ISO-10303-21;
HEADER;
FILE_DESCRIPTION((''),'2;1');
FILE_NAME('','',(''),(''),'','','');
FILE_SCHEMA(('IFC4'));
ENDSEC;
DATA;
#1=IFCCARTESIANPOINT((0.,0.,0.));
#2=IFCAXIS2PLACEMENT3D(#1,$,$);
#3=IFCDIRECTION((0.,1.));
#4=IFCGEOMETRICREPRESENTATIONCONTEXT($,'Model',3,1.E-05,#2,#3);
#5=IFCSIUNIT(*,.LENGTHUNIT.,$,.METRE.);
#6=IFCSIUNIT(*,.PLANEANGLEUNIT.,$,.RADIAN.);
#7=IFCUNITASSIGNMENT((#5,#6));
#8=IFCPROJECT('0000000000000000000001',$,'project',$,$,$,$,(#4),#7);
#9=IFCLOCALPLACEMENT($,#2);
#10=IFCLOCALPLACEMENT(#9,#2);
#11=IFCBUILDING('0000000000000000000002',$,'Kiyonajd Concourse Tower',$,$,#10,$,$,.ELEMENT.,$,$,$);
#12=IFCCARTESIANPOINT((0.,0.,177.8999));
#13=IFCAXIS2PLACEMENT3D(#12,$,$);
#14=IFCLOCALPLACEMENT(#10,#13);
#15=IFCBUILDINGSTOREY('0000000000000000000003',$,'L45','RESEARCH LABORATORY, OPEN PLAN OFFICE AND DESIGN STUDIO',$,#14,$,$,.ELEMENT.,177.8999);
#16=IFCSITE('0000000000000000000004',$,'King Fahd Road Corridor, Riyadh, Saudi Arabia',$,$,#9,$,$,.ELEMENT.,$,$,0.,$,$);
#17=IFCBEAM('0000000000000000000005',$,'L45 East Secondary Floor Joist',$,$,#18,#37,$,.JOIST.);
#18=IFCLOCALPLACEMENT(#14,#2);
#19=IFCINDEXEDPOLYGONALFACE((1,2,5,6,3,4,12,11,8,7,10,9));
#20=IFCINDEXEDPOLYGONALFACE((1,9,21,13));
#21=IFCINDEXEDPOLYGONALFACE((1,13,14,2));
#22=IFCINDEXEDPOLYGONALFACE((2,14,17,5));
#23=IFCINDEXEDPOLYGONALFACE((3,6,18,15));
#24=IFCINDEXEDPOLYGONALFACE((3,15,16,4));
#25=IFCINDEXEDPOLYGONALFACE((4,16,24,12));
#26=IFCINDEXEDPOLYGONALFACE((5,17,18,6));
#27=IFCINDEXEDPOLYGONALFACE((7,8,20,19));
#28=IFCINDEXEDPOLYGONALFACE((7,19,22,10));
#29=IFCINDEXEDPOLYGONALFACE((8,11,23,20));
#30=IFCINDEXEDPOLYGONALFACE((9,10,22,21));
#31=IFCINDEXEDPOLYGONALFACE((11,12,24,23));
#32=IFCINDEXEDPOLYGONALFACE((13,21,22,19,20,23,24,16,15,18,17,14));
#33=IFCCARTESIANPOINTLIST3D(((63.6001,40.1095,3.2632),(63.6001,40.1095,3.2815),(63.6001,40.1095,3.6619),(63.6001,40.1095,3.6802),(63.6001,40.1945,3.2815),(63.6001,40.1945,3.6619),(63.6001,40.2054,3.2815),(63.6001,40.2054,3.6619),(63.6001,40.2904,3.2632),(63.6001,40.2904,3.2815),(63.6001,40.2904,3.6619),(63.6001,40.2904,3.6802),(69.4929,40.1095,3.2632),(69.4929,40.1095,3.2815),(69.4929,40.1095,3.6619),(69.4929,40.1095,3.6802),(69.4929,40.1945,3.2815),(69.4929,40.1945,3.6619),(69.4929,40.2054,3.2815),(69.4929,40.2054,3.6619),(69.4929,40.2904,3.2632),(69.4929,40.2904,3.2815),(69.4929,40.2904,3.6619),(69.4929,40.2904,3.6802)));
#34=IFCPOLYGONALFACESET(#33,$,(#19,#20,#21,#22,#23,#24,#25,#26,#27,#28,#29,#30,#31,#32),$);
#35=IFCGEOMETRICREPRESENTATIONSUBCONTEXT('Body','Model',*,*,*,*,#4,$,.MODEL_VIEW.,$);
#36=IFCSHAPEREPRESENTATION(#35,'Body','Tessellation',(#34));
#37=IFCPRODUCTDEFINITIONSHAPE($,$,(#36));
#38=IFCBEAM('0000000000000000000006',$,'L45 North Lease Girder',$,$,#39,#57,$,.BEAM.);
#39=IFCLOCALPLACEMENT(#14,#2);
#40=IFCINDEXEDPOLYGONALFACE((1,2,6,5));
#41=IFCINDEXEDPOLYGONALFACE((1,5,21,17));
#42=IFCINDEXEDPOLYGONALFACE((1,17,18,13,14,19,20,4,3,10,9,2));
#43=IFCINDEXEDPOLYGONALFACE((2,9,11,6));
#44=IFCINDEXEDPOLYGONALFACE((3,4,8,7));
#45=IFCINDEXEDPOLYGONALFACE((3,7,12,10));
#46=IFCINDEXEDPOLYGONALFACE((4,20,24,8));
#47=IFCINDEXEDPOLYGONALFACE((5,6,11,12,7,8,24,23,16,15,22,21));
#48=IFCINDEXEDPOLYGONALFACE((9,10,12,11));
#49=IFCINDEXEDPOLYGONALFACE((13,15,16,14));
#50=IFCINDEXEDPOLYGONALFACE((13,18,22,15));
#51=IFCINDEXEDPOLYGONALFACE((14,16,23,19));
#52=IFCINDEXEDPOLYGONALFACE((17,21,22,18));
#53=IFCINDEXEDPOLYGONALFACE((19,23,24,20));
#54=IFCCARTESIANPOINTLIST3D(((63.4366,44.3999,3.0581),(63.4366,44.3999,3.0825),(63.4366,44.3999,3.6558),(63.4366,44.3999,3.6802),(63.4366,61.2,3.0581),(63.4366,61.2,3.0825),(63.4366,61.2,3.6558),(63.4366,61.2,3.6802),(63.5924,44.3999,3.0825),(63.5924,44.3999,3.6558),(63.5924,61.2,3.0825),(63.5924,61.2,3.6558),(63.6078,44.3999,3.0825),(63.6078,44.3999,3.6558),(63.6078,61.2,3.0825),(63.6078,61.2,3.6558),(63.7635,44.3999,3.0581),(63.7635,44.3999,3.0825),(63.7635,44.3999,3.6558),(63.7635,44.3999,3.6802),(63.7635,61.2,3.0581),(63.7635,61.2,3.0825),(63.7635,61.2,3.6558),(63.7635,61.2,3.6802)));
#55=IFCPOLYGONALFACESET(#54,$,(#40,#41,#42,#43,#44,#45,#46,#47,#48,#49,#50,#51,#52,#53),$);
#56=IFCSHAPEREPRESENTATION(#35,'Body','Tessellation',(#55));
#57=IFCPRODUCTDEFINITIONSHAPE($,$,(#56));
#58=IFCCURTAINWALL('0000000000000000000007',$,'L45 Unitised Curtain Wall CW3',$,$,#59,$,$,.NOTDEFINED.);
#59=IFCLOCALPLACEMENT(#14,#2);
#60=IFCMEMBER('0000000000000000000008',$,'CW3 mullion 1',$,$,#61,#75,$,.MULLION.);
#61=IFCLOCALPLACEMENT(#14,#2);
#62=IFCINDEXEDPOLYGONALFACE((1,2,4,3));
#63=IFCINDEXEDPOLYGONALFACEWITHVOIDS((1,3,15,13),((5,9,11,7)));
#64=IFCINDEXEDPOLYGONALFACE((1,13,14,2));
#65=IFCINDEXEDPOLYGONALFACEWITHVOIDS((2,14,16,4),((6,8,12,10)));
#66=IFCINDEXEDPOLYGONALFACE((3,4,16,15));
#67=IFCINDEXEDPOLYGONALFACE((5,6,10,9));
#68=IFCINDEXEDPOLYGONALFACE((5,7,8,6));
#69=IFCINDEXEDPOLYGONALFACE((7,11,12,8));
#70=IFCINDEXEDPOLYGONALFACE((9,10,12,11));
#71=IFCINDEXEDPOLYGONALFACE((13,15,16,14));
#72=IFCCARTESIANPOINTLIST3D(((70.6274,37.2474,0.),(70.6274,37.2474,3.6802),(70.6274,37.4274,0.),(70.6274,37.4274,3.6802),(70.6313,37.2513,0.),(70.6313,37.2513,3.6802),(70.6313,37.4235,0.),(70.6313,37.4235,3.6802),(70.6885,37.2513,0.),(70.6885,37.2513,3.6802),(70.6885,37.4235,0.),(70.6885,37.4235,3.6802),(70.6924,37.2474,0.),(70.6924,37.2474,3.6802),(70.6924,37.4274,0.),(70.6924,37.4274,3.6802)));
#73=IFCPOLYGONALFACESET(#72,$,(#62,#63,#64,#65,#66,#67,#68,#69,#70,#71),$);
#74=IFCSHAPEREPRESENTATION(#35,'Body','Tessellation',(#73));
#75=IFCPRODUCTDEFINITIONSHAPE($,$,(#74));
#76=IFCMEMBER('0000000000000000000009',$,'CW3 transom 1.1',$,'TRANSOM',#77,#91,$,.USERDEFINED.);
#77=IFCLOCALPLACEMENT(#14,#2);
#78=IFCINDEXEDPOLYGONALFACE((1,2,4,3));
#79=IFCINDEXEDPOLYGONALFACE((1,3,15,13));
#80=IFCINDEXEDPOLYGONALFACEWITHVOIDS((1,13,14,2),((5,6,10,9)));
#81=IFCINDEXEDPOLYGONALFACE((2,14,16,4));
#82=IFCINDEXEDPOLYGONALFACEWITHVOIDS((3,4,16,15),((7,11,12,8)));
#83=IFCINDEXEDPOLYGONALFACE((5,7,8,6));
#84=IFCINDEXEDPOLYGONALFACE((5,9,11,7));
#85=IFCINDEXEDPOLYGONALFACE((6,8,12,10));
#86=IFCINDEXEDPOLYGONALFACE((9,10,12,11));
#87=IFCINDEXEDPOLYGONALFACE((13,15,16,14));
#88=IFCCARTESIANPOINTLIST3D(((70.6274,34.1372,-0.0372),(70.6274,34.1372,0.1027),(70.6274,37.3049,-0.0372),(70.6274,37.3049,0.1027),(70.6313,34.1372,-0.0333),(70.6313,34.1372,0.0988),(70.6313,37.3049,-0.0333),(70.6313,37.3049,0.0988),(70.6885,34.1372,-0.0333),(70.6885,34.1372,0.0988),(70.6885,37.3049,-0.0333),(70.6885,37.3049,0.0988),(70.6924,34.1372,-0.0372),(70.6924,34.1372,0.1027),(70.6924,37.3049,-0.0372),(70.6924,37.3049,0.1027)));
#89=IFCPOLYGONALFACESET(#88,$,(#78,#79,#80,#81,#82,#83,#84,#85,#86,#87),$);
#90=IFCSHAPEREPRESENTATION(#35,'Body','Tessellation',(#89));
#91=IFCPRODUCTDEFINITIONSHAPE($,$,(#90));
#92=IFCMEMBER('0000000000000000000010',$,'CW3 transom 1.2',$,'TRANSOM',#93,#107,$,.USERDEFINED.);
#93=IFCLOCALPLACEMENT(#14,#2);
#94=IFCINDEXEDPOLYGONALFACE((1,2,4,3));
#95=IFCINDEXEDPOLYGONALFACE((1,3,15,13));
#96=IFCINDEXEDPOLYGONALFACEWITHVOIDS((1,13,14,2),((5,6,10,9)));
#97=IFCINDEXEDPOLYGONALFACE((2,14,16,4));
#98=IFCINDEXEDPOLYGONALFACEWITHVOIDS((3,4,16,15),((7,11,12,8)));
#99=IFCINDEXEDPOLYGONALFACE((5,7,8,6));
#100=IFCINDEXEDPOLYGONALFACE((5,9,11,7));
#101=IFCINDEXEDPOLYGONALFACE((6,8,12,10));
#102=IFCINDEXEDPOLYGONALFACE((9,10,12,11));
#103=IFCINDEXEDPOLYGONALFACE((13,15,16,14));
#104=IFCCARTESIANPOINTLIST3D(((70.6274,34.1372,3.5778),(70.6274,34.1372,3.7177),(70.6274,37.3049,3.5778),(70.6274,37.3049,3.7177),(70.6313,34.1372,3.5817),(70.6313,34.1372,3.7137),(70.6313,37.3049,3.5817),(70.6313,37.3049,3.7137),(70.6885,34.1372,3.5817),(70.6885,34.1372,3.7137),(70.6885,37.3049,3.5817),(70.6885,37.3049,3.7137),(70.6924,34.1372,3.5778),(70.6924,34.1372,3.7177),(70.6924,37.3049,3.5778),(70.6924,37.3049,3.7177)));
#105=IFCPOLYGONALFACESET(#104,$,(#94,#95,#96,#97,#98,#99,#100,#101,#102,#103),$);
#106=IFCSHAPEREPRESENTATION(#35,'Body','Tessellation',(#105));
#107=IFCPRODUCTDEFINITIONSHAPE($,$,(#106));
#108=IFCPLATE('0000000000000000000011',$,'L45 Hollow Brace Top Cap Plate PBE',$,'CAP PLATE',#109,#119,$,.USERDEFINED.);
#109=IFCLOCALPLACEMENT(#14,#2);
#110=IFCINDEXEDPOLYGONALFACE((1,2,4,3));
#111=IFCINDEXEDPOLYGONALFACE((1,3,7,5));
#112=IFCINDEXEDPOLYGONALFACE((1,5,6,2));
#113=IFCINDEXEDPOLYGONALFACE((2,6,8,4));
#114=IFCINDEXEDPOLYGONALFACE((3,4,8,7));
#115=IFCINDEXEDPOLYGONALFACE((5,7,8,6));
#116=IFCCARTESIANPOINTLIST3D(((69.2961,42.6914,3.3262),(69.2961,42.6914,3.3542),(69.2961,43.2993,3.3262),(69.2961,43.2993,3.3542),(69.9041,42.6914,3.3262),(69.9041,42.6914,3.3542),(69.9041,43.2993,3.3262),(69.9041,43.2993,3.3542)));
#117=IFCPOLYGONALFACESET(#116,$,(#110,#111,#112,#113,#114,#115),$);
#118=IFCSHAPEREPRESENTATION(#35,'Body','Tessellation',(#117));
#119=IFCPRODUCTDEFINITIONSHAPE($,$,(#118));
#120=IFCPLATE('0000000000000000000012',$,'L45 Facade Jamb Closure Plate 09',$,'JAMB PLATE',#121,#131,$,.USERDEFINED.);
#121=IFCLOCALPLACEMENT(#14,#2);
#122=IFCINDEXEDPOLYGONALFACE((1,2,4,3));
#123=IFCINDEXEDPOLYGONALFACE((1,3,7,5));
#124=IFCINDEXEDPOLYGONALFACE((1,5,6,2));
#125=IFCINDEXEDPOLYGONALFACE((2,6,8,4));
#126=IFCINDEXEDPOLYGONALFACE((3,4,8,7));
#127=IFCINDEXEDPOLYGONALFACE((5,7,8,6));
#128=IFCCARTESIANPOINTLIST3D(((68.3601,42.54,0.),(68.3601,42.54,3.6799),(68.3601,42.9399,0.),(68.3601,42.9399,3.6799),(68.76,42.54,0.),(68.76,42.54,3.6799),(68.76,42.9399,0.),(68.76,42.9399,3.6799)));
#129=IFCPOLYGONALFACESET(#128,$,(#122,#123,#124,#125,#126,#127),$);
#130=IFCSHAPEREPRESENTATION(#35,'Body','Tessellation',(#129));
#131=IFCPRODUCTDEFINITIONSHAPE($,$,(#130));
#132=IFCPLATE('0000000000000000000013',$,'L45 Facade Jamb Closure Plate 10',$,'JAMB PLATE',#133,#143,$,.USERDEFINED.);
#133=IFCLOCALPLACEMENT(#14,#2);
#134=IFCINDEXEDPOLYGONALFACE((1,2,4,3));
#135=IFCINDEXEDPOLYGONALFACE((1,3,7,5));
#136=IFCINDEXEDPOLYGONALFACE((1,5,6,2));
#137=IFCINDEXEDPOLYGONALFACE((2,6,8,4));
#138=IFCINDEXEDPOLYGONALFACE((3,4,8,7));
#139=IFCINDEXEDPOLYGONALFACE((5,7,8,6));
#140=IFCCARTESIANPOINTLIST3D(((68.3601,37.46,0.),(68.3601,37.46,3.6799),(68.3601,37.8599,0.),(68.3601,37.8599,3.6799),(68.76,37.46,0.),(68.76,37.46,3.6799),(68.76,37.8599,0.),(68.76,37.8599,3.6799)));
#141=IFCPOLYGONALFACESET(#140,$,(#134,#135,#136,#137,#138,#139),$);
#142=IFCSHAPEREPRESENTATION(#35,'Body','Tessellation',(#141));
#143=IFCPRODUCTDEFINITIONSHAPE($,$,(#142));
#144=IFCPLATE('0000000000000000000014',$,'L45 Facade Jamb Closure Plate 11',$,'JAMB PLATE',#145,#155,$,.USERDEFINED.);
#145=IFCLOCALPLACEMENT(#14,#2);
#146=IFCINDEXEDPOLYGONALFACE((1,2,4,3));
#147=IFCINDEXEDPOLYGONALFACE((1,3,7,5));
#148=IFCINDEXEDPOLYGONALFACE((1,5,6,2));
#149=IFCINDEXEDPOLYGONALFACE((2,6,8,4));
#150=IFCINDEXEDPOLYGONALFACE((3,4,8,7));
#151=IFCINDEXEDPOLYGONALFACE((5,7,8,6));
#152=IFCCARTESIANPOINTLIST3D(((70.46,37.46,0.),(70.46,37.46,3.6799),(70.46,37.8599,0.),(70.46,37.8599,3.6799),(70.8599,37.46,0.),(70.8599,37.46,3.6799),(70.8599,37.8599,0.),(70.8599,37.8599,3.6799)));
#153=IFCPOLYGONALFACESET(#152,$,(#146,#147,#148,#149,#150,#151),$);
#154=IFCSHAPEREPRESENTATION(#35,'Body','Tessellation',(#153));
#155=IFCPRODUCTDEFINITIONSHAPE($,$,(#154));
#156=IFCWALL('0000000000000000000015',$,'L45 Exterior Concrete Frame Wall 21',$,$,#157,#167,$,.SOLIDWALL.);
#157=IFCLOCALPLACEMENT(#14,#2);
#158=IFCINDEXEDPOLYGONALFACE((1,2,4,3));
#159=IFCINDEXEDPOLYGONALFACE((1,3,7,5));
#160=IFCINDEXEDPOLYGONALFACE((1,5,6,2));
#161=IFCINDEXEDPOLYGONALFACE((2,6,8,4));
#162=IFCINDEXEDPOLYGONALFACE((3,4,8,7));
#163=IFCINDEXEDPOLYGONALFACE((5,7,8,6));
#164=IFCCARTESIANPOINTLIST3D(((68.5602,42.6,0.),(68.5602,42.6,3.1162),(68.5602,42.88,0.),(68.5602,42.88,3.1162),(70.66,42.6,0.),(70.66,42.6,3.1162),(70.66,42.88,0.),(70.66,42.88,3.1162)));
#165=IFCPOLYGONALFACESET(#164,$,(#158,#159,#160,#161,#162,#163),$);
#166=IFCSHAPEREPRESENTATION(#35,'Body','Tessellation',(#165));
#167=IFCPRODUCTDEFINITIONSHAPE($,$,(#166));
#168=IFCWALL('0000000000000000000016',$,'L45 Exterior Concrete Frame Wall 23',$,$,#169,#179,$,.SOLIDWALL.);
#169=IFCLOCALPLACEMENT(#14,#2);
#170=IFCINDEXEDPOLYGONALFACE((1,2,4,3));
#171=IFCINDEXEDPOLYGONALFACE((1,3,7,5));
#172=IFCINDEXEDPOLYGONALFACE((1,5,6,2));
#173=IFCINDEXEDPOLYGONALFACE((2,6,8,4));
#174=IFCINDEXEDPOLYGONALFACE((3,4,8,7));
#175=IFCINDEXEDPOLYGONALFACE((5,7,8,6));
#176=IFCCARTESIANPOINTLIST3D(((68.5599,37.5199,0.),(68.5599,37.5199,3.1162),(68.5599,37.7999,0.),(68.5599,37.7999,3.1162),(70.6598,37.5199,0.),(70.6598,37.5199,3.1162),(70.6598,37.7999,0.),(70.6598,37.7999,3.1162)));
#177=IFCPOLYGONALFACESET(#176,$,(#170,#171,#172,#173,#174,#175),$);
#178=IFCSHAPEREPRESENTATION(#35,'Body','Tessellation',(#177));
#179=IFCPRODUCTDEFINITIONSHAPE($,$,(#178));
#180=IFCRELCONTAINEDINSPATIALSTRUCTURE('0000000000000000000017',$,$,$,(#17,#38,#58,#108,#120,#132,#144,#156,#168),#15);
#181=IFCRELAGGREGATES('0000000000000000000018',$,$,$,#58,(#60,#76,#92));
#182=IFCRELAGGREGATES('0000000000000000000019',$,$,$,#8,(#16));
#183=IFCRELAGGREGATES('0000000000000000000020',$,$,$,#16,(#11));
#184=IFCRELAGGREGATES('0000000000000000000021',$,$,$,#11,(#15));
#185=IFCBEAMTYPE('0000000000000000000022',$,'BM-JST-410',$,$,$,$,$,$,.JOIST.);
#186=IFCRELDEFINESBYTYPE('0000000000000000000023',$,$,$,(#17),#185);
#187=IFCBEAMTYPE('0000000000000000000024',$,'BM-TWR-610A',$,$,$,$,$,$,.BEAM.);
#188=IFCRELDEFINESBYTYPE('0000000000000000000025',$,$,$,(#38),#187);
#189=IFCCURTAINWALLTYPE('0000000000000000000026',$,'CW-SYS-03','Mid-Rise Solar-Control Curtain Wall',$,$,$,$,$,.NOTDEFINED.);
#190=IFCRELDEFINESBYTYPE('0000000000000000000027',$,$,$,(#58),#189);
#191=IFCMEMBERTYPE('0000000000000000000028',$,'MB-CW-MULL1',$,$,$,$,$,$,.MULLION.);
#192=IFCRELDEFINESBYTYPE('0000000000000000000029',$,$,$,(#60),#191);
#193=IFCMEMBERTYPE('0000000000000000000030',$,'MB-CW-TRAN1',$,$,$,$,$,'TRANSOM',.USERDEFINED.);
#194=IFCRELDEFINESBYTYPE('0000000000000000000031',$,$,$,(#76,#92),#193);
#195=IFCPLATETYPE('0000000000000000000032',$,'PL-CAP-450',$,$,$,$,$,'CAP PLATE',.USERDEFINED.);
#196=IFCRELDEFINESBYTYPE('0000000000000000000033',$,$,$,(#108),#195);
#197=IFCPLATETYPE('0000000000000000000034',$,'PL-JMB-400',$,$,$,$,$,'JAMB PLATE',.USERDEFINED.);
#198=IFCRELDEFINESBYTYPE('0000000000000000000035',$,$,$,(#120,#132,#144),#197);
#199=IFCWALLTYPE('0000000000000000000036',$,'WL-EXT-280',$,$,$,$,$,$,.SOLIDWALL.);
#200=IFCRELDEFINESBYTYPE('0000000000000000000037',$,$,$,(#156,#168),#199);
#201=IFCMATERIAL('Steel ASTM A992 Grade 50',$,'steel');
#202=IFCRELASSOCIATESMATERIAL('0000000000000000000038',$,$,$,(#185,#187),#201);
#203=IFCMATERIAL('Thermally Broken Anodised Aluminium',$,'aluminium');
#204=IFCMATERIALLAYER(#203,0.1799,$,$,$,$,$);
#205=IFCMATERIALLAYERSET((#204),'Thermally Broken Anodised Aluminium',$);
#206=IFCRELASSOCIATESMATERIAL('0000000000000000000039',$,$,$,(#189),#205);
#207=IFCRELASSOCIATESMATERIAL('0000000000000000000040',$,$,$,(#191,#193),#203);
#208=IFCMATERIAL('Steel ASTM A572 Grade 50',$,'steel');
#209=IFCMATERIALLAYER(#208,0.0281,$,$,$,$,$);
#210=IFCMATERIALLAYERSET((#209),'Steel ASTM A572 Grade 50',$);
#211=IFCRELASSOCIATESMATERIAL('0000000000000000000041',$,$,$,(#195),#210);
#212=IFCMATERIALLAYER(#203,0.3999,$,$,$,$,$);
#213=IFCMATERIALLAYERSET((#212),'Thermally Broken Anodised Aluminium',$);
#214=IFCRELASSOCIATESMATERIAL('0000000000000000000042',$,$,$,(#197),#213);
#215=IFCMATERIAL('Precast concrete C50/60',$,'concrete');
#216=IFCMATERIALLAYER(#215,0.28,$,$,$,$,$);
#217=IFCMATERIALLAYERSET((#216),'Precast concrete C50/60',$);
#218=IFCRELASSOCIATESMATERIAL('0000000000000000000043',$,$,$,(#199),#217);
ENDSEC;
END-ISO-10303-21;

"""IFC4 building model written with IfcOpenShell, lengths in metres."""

from ifc_helpers import new_model, si_unit, direction, frame, frame_2d, origin, origin_2d, place, context, subcontext, project, spatial, rectangle, hollow_rectangle, i_section, extrude, material, layer, layer_set, material_profile, profile_set, type_object, element, aggregate, save


model = new_model("IFC4")

# Units and contexts
model_context = context("Model", 3, precision=1e-05, world=origin(), true_north=direction((0.0, 1.0)))
body_context = subcontext(model_context, "Body", "Model", "MODEL_VIEW")
ifc_project = project(units=[si_unit("LENGTHUNIT", "METRE"), si_unit("PLANEANGLEUNIT", "RADIAN")], contexts=[model_context])

# Site, building, storey
site_placement = place(None, origin())
site = spatial("IfcSite", under=ifc_project, at=site_placement, Name="King Fahd Road Corridor, Riyadh, Saudi Arabia", CompositionType="ELEMENT", RefElevation=0.0)
building_placement = place(site_placement, origin())
building = spatial("IfcBuilding", under=site, at=building_placement, Name="Kiyonajd Concourse Tower", CompositionType="ELEMENT")
storey_placement = place(building_placement, frame((0.0, 0.0, 177.8999)))
storey = spatial("IfcBuildingStorey", under=building, at=storey_placement, Name="L45", Description="RESEARCH LABORATORY, OPEN PLAN OFFICE AND DESIGN STUDIO", CompositionType="ELEMENT", Elevation=177.8999)

# Beams
ifc_material_1 = material(Name="Steel ASTM A992 Grade 50", Category="steel")
ifc_material_profile_1 = material_profile(ifc_material_1, i_section(OverallWidth=0.1809, OverallDepth=0.417, WebThickness=0.011, FlangeThickness=0.0183, at=origin_2d()), Name="W410X85")
ifc_profile_set_1 = profile_set([ifc_material_profile_1], Name="Steel ASTM A992 Grade 50")
beam_type_1 = type_object("IfcBeamType", Name="BM-JST-410", PredefinedType="JOIST", material=ifc_profile_set_1)
beam_1_placement = place(storey_placement, frame((63.6001, 40.2, 3.4717), z_axis=(1.0, 0.0, 0.0), x_axis=(0.0, 1.0, 0.0)))
element("IfcBeam", 1, at=beam_1_placement, inside=storey, type_object=beam_type_1, Name="L45 East Secondary Floor Joist", PredefinedType="JOIST", context=body_context, shape_type="SweptSolid", body=[
    extrude(i_section(OverallWidth=0.1809, OverallDepth=0.417, WebThickness=0.011, FlangeThickness=0.0183, at=origin_2d()), origin(), (0.0, 0.0, 1.0), 5.8928),
])
ifc_material_profile_2 = material_profile(ifc_material_1, i_section(OverallWidth=0.3269, OverallDepth=0.6221, WebThickness=0.0154, FlangeThickness=0.0244, at=origin_2d()), Name="W610X195")
ifc_profile_set_2 = profile_set([ifc_material_profile_2], Name="Steel ASTM A992 Grade 50")
beam_type_2 = type_object("IfcBeamType", Name="BM-TWR-610A", PredefinedType="BEAM", material=ifc_profile_set_2)
beam_2_placement = place(storey_placement, frame((63.6001, 44.3999, 3.3691), z_axis=(0.0, 1.0, 0.0), x_axis=(-1.0, 0.0, 0.0)))
element("IfcBeam", 2, at=beam_2_placement, inside=storey, type_object=beam_type_2, Name="L45 North Lease Girder", PredefinedType="BEAM", context=body_context, shape_type="SweptSolid", body=[
    extrude(i_section(OverallWidth=0.3269, OverallDepth=0.6221, WebThickness=0.0154, FlangeThickness=0.0244, at=origin_2d()), origin(), (0.0, 0.0, 1.0), 16.8),
])

# Curtain wall, members
ifc_material_2 = material(Name="Thermally Broken Anodised Aluminium", Category="aluminium")
ifc_layer_1 = layer(ifc_material_2, 0.1799)
ifc_layer_set_1 = layer_set([ifc_layer_1], Name="Thermally Broken Anodised Aluminium")
curtain_wall_type = type_object("IfcCurtainWallType", Name="CW-SYS-03", Description="Mid-Rise Solar-Control Curtain Wall", PredefinedType="NOTDEFINED", material=ifc_layer_set_1)
curtain_wall_placement = place(storey_placement, origin())
curtain_wall = element("IfcCurtainWall", 3, at=curtain_wall_placement, inside=storey, type_object=curtain_wall_type, Name="L45 Unitised Curtain Wall CW3", PredefinedType="NOTDEFINED")
ifc_material_profile_3 = material_profile(ifc_material_2, hollow_rectangle(XDim=0.0649, YDim=0.1799, WallThickness=0.0039, at=origin_2d()), Name="MULL-65x180")
ifc_profile_set_3 = profile_set([ifc_material_profile_3], Name="Thermally Broken Anodised Aluminium")
member_type_1 = type_object("IfcMemberType", Name="MB-CW-MULL1", PredefinedType="MULLION", material=ifc_profile_set_3)
member_1_placement = place(storey_placement, frame((70.6599, 37.3374, 0.0), z_axis=(0.0, 0.0, 1.0), x_axis=(1.0, 0.0, 0.0)))
member_1 = element("IfcMember", 4, at=member_1_placement, type_object=member_type_1, Name="CW3 mullion 1", PredefinedType="MULLION", context=body_context, shape_type="SweptSolid", body=[
    extrude(hollow_rectangle(XDim=0.0649, YDim=0.1799, WallThickness=0.0039, at=origin_2d()), origin(), (0.0, 0.0, 1.0), 3.6802),
])
ifc_material_profile_4 = material_profile(ifc_material_2, hollow_rectangle(XDim=0.0649, YDim=0.1399, WallThickness=0.0039, at=origin_2d()), Name="TRAN-65x140")
ifc_profile_set_4 = profile_set([ifc_material_profile_4], Name="Thermally Broken Anodised Aluminium")
member_type_2 = type_object("IfcMemberType", Name="MB-CW-TRAN1", ElementType="TRANSOM", PredefinedType="USERDEFINED", material=ifc_profile_set_4)
member_2_placement = place(storey_placement, frame((70.6599, 37.3049, 0.0327), z_axis=(0.0, -1.0, 0.0), x_axis=(1.0, 0.0, 0.0)))
member_2 = element("IfcMember", 5, at=member_2_placement, type_object=member_type_2, Name="CW3 transom 1.1", ObjectType="TRANSOM", PredefinedType="USERDEFINED", context=body_context, shape_type="SweptSolid", body=[
    extrude(hollow_rectangle(XDim=0.0649, YDim=0.1399, WallThickness=0.0039, at=origin_2d()), origin(), (0.0, 0.0, 1.0), 3.1677),
])
member_3_placement = place(storey_placement, frame((70.6599, 37.3049, 3.6477), z_axis=(0.0, -1.0, 0.0), x_axis=(1.0, 0.0, 0.0)))
member_3 = element("IfcMember", 6, at=member_3_placement, type_object=member_type_2, Name="CW3 transom 1.2", ObjectType="TRANSOM", PredefinedType="USERDEFINED", context=body_context, shape_type="SweptSolid", body=[
    extrude(hollow_rectangle(XDim=0.0649, YDim=0.1399, WallThickness=0.0039, at=origin_2d()), origin(), (0.0, 0.0, 1.0), 3.1677),
])
aggregate(curtain_wall, [member_1, member_2, member_3])

# Plates
ifc_material_3 = material(Name="Steel ASTM A572 Grade 50", Category="steel")
ifc_layer_2 = layer(ifc_material_3, 0.0281)
ifc_layer_set_2 = layer_set([ifc_layer_2], Name="Steel ASTM A572 Grade 50")
plate_type_1 = type_object("IfcPlateType", Name="PL-CAP-450", ElementType="CAP PLATE", PredefinedType="USERDEFINED", material=ifc_layer_set_2)
plate_placement = place(storey_placement, frame((69.6001, 42.9954, 3.3262), z_axis=(0.0, 0.0, 1.0), x_axis=(1.0, 0.0, 0.0)))
element("IfcPlate", 7, at=plate_placement, inside=storey, type_object=plate_type_1, Name="L45 Hollow Brace Top Cap Plate PBE", ObjectType="CAP PLATE", PredefinedType="USERDEFINED", context=body_context, shape_type="SweptSolid", body=[
    extrude(rectangle(XDim=0.6079, YDim=0.6079, at=origin_2d()), origin(), (0.0, 0.0, 1.0), 0.0281),
])
ifc_layer_3 = layer(ifc_material_2, 0.3999)
ifc_layer_set_3 = layer_set([ifc_layer_3], Name="Thermally Broken Anodised Aluminium")
plate_type_2 = type_object("IfcPlateType", Name="PL-JMB-400", ElementType="JAMB PLATE", PredefinedType="USERDEFINED", material=ifc_layer_set_3)
for number, where, z_axis, x_axis, name in (
    (8, (68.5601, 42.74, 0.0), (0.0, 0.0, 1.0), (1.0, 0.0, 0.0), "L45 Facade Jamb Closure Plate 09"),
    (9, (68.5601, 37.6599, 0.0), (0.0, 0.0, 1.0), (1.0, 0.0, 0.0), "L45 Facade Jamb Closure Plate 10"),
    (10, (70.6599, 37.6599, 0.0), (0.0, 0.0, 1.0), (1.0, 0.0, 0.0), "L45 Facade Jamb Closure Plate 11"),
):
    element("IfcPlate", number, at=place(storey_placement, frame(where, z_axis=z_axis, x_axis=x_axis)), inside=storey, type_object=plate_type_2, Name=name, ObjectType="JAMB PLATE", PredefinedType="USERDEFINED", context=body_context, shape_type="SweptSolid", body=[
        extrude(rectangle(XDim=0.3999, YDim=0.3999, at=origin_2d()), origin(), (0.0, 0.0, 1.0), 3.6799),
    ])

# Walls
ifc_material_4 = material(Name="Precast concrete C50/60", Category="concrete")
ifc_layer_4 = layer(ifc_material_4, 0.28)
ifc_layer_set_4 = layer_set([ifc_layer_4], Name="Precast concrete C50/60")
wall_type_1 = type_object("IfcWallType", Name="WL-EXT-280", PredefinedType="SOLIDWALL", material=ifc_layer_set_4)
for number, where, z_axis, x_axis, name in (
    (11, (70.6599, 42.74, 0.0), (0.0, 0.0, 1.0), (-1.0, 0.0, 0.0), "L45 Exterior Concrete Frame Wall 21"),
    (12, (68.5601, 37.6599, 0.0), (0.0, 0.0, 1.0), (1.0, 0.0, 0.0), "L45 Exterior Concrete Frame Wall 23"),
):
    element("IfcWall", number, at=place(storey_placement, frame(where, z_axis=z_axis, x_axis=x_axis)), inside=storey, type_object=wall_type_1, Name=name, PredefinedType="SOLIDWALL", context=body_context, shape_type="SweptSolid", body=[
        extrude(rectangle(XDim=2.0999, YDim=0.28, at=frame_2d((1.0498, 0.0))), origin(), (0.0, 0.0, 1.0), 3.1162),
    ])

save(model, "model.ifc")
